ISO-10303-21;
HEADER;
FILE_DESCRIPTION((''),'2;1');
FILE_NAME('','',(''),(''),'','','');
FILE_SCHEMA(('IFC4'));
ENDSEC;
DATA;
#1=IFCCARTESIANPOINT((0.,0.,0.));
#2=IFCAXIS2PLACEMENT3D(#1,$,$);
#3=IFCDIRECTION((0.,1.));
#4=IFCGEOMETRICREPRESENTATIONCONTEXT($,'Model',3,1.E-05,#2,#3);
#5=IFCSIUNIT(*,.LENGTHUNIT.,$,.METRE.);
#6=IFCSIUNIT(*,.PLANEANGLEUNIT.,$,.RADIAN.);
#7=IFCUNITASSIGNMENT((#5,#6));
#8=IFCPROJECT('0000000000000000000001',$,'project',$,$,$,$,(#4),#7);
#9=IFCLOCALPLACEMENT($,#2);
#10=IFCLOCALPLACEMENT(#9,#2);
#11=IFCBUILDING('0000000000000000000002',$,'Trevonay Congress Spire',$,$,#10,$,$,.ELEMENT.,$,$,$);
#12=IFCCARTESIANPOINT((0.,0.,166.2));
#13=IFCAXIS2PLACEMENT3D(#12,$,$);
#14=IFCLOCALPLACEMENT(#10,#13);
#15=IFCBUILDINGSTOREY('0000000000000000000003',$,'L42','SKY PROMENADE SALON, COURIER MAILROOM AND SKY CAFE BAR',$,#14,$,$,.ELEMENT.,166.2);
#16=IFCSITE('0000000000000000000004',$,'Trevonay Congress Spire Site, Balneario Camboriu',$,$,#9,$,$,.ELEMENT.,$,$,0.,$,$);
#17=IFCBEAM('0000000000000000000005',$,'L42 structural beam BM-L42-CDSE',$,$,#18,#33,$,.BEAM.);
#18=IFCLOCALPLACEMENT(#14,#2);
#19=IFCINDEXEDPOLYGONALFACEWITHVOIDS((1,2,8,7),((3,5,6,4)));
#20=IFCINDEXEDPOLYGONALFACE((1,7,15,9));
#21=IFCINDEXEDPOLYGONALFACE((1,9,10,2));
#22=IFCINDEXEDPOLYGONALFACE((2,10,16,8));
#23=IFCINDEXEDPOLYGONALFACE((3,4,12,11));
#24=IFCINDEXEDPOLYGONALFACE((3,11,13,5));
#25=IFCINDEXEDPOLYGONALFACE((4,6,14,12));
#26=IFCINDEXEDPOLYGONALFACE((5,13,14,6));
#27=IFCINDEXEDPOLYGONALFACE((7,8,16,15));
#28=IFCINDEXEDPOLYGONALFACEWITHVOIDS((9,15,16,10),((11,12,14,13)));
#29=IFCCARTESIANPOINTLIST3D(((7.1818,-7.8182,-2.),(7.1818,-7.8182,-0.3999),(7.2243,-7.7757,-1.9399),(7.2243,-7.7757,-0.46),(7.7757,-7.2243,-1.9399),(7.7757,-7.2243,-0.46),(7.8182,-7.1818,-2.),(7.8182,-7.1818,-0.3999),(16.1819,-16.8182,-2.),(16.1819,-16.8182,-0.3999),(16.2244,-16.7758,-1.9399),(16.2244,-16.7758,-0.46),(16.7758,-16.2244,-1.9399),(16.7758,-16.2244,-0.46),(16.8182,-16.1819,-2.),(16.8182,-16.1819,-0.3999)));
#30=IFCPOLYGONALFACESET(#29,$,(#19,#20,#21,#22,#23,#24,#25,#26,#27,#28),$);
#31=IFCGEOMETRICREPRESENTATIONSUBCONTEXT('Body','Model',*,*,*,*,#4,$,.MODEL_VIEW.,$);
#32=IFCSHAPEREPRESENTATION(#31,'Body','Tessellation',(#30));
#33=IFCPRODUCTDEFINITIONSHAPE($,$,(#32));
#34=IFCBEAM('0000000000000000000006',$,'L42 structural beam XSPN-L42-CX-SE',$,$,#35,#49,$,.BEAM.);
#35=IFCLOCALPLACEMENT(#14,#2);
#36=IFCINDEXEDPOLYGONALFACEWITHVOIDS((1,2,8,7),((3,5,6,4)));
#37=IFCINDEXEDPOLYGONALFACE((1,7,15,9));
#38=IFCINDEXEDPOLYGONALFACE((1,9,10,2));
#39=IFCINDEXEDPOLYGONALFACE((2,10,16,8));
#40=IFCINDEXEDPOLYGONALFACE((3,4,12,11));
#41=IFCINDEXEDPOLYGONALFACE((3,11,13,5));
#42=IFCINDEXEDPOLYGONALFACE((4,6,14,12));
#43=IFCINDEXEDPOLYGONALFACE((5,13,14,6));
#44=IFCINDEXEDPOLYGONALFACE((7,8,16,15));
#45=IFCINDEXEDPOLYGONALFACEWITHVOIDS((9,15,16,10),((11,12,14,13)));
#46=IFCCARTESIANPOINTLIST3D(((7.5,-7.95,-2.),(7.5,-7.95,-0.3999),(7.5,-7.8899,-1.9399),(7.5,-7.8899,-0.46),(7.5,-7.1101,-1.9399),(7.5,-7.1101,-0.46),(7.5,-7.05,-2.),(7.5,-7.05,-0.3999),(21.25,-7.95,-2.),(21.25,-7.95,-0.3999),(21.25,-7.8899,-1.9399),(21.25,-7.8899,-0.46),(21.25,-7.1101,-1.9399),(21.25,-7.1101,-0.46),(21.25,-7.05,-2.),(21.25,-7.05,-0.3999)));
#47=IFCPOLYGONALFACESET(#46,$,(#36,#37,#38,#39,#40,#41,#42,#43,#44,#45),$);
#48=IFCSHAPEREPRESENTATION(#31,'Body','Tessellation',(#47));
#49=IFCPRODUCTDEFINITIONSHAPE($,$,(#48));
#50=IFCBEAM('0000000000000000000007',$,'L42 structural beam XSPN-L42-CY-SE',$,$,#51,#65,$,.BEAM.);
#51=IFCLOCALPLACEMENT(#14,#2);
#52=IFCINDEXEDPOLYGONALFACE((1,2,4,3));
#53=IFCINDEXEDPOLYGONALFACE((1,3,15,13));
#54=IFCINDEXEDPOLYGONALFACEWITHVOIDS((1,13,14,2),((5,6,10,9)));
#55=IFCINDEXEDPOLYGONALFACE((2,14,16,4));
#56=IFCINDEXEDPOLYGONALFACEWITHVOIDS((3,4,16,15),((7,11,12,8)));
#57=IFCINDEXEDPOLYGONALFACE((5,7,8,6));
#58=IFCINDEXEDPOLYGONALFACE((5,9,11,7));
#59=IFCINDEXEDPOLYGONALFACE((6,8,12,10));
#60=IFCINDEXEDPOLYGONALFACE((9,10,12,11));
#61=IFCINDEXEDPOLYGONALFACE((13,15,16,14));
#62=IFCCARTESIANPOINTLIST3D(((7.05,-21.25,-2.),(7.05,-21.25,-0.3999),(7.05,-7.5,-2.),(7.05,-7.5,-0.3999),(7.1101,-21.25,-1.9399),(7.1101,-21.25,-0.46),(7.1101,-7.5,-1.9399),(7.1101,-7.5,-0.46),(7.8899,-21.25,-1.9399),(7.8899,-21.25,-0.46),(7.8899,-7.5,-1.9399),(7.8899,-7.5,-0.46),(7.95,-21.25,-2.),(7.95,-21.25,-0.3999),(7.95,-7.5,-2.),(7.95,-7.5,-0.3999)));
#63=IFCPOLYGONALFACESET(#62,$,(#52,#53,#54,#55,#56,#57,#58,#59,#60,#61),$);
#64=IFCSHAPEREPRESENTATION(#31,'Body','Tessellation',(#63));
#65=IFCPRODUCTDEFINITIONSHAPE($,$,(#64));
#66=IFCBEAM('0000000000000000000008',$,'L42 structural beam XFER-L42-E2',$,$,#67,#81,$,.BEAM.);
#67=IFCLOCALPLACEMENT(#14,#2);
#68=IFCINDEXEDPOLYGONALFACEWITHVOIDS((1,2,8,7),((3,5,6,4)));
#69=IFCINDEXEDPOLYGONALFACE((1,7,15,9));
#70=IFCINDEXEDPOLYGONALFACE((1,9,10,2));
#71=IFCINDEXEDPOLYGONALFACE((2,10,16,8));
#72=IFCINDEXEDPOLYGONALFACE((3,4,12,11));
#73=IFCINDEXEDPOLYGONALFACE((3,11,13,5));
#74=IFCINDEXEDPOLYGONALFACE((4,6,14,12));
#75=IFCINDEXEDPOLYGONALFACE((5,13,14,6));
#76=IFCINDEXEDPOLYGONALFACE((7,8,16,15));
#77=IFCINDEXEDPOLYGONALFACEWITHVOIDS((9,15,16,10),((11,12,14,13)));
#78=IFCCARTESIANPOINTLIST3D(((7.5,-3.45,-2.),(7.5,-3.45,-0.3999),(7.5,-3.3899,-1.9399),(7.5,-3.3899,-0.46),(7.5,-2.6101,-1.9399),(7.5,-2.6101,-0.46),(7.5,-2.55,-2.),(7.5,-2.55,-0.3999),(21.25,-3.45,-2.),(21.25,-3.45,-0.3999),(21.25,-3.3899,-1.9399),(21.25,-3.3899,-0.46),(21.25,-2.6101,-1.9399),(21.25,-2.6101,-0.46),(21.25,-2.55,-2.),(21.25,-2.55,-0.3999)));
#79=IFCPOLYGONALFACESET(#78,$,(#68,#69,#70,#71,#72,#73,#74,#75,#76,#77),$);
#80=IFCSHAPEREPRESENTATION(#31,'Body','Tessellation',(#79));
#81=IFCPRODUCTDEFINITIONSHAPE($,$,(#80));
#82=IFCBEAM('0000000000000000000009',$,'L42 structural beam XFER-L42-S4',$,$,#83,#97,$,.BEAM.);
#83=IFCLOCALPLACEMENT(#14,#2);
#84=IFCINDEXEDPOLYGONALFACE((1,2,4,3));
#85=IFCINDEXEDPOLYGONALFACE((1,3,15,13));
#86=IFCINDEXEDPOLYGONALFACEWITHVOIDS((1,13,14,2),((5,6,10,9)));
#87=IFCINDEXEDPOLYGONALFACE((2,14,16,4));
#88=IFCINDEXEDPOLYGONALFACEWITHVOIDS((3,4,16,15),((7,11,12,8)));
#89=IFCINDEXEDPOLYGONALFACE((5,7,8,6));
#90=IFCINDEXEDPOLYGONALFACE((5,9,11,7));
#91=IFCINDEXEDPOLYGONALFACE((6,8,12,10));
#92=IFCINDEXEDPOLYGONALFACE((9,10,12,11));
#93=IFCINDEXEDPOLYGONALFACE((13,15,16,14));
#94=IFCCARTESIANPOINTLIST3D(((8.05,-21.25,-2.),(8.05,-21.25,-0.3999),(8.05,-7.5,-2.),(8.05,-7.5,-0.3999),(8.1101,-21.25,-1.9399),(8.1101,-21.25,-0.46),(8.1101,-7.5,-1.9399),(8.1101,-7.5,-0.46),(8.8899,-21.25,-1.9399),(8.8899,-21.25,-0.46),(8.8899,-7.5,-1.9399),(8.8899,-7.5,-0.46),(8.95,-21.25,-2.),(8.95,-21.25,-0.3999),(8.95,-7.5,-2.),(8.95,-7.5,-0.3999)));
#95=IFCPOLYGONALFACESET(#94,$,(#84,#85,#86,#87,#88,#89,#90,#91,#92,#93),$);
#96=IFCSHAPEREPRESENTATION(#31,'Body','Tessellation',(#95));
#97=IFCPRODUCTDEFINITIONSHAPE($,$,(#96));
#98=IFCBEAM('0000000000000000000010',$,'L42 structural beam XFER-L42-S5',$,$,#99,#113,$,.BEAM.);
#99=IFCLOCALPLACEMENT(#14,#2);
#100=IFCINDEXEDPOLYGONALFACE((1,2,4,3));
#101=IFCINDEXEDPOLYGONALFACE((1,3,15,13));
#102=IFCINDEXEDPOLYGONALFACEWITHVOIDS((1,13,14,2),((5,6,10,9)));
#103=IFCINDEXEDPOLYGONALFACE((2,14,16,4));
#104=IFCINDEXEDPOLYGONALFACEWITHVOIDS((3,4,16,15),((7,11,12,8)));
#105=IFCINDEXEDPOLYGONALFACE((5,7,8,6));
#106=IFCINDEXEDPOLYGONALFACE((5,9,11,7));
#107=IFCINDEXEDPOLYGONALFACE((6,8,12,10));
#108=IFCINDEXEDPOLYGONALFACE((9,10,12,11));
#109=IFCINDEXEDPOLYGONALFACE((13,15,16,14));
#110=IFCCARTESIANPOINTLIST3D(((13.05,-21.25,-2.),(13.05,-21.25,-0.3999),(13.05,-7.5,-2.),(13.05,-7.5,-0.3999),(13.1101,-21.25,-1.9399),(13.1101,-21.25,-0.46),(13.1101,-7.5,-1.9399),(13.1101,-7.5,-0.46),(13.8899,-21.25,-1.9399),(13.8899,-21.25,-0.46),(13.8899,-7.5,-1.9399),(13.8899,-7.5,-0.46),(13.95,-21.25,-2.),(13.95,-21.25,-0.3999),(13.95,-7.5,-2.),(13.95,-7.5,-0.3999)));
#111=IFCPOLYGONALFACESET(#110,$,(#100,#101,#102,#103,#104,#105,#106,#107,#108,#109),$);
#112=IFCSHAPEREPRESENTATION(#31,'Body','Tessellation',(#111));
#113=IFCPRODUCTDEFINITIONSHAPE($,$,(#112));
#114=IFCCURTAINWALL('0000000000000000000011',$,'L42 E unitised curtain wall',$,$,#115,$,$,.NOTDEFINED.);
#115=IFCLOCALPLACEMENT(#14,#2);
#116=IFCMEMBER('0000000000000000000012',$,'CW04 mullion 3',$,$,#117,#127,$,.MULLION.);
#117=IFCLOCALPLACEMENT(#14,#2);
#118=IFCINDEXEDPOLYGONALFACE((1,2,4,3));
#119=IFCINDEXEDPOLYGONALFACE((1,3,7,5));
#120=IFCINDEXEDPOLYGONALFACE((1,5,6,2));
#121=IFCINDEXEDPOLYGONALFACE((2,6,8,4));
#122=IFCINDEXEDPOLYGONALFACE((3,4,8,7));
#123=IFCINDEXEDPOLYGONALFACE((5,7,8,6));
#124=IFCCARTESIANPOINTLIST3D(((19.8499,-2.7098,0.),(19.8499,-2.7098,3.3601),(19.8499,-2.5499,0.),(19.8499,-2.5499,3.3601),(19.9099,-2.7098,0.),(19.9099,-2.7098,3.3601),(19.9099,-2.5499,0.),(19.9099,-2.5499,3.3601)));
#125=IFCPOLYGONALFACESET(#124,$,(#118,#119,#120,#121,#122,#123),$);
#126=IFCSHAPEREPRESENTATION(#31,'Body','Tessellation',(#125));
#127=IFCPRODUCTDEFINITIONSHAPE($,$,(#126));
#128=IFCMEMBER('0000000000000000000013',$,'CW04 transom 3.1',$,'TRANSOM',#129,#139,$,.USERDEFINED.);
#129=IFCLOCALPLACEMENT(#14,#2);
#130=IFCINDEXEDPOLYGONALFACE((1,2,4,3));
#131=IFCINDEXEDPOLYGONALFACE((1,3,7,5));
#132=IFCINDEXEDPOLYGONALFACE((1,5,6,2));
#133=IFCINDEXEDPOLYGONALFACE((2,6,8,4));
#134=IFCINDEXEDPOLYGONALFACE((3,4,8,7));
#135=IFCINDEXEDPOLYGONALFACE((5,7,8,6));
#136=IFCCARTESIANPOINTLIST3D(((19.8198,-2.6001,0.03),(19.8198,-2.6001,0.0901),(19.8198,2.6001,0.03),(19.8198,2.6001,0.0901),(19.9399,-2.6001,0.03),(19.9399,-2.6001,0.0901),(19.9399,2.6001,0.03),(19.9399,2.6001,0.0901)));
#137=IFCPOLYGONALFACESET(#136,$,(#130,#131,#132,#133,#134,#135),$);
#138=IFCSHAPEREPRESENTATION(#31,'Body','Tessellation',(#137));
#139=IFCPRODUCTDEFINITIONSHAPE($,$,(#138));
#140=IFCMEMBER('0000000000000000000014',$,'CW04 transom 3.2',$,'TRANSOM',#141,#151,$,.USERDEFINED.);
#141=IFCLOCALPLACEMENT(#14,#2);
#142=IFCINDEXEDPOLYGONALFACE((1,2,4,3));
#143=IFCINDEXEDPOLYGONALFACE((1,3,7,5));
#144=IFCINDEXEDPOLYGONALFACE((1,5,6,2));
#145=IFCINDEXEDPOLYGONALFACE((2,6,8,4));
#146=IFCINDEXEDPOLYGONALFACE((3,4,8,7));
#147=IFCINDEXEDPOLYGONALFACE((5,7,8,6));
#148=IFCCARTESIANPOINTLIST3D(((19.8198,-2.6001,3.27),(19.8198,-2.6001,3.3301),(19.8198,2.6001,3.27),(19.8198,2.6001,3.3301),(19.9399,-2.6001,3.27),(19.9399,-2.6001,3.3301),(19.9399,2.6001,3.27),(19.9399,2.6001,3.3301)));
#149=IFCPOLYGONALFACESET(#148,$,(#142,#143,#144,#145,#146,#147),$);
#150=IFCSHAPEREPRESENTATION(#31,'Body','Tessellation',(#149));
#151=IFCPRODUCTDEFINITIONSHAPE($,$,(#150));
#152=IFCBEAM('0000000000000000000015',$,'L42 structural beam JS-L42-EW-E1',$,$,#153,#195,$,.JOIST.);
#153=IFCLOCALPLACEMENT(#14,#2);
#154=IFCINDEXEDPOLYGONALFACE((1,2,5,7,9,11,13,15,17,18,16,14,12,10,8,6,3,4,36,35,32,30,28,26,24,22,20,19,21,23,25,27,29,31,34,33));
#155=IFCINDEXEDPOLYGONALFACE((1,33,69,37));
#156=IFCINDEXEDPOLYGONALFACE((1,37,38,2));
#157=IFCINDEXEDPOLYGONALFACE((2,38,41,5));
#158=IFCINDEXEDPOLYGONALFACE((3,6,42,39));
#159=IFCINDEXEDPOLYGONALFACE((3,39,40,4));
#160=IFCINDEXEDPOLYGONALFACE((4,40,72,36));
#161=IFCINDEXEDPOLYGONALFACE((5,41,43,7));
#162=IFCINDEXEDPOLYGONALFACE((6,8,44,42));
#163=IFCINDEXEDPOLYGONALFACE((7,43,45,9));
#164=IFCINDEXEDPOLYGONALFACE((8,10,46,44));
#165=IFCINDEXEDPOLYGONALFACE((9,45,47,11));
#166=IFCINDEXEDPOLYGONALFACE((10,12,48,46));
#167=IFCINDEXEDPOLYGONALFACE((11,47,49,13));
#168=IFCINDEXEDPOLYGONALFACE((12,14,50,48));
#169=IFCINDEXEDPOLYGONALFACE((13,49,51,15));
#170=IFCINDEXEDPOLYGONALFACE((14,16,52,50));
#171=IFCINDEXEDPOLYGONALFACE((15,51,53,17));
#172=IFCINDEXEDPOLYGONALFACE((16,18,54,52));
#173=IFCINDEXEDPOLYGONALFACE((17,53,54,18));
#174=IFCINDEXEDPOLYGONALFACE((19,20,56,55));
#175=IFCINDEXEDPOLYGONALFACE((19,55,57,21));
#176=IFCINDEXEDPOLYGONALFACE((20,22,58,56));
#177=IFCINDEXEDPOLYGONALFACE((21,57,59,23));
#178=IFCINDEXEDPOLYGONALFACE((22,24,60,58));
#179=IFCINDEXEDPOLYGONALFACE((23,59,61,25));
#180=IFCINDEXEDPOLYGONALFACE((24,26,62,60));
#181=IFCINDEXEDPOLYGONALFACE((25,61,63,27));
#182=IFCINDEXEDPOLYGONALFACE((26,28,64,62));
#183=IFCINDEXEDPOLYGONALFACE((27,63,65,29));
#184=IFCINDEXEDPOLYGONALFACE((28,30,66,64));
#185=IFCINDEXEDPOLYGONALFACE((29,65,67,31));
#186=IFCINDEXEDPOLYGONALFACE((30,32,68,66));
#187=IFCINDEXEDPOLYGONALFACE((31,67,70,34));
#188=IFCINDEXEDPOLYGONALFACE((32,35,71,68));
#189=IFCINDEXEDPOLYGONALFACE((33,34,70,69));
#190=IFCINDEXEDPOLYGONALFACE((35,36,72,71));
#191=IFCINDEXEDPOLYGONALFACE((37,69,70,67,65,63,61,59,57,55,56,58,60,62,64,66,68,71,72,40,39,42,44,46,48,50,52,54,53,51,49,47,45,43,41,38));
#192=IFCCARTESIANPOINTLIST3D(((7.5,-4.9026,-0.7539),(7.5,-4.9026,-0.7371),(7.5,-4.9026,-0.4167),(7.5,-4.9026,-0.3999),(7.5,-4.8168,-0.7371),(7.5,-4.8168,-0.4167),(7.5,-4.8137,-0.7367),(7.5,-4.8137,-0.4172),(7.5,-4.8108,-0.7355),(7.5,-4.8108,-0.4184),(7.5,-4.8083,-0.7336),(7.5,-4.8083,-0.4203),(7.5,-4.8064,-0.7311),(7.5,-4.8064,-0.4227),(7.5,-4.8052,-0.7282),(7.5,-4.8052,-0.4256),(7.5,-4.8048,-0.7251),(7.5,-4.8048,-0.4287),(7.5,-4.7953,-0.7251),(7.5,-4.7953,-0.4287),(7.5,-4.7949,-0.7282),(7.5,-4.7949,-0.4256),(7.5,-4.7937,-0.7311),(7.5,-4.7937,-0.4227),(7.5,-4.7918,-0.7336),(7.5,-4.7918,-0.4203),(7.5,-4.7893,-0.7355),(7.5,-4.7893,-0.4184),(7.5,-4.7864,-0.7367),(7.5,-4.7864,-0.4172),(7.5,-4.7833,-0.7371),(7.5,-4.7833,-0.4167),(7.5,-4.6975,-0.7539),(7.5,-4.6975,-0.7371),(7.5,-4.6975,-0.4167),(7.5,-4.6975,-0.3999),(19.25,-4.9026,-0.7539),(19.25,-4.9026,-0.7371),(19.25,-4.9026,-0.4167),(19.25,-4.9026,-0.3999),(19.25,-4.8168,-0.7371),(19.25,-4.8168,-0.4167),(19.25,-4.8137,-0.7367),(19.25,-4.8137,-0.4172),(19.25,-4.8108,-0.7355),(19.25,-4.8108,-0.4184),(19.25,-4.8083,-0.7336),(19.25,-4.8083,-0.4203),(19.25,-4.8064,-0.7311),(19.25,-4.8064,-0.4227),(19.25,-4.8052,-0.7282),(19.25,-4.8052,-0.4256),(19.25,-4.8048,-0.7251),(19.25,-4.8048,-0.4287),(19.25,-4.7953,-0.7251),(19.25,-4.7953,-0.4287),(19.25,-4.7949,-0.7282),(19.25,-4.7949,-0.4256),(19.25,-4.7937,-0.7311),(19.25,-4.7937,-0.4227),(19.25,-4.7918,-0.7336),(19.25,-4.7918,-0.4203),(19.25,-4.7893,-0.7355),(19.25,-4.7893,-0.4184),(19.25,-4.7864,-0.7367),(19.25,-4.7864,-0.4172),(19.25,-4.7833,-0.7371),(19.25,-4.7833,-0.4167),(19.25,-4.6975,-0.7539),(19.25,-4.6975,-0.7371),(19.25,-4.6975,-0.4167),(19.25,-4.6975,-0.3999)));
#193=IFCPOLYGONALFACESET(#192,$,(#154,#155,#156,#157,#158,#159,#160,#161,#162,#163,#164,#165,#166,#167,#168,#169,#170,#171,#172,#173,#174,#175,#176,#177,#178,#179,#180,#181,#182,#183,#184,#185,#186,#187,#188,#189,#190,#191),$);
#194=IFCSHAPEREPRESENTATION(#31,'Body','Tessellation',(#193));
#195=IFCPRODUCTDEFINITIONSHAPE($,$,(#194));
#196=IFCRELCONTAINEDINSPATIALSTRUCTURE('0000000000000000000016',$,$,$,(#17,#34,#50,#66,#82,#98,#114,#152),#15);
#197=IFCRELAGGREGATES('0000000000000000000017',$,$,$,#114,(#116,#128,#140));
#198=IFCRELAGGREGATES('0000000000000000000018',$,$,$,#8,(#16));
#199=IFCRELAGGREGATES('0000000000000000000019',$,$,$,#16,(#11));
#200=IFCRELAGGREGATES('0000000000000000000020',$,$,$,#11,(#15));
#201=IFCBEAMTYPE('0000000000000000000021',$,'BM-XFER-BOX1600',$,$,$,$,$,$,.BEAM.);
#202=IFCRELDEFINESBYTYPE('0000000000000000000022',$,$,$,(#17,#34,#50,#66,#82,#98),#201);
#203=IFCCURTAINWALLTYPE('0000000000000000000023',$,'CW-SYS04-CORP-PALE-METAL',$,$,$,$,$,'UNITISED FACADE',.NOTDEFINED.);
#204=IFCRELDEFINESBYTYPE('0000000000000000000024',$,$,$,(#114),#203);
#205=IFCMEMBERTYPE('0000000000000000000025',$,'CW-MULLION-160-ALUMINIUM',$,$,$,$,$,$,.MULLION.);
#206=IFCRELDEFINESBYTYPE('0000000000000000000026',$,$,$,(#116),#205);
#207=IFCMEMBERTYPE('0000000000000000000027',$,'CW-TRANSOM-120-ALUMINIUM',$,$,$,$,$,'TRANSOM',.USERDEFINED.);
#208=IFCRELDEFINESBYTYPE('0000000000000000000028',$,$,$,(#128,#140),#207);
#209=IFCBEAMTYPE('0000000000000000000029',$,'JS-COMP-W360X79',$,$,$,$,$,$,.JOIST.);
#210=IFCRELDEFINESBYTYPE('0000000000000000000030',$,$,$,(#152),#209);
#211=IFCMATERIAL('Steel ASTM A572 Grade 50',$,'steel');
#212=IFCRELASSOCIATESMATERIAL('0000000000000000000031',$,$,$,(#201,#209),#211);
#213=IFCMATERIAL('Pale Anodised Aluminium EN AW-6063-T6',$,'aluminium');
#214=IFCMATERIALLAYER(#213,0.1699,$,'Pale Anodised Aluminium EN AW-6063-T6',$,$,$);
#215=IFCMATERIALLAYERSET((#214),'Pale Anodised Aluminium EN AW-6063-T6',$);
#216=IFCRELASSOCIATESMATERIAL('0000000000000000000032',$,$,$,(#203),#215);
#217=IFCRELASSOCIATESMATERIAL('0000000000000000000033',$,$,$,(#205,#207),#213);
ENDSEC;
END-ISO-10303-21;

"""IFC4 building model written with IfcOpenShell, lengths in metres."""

from ifc_helpers import new_model, si_unit, direction, frame, origin, origin_2d, place, context, subcontext, project, spatial, rectangle, hollow_rectangle, i_section, extrude, material, layer, layer_set, material_profile, profile_set, type_object, element, aggregate, save


model = new_model("IFC4")

# Units and contexts
model_context = context("Model", 3, precision=1e-05, world=origin(), true_north=direction((0.0, 1.0)))
body_context = subcontext(model_context, "Body", "Model", "MODEL_VIEW")
ifc_project = project(units=[si_unit("LENGTHUNIT", "METRE"), si_unit("PLANEANGLEUNIT", "RADIAN")], contexts=[model_context])

# Site, building, storey
site_placement = place(None, origin())
site = spatial("IfcSite", under=ifc_project, at=site_placement, Name="Trevonay Congress Spire Site, Balneario Camboriu", CompositionType="ELEMENT", RefElevation=0.0)
building_placement = place(site_placement, origin())
building = spatial("IfcBuilding", under=site, at=building_placement, Name="Trevonay Congress Spire", CompositionType="ELEMENT")
storey_placement = place(building_placement, frame((0.0, 0.0, 166.2)))
storey = spatial("IfcBuildingStorey", under=building, at=storey_placement, Name="L42", Description="SKY PROMENADE SALON, COURIER MAILROOM AND SKY CAFE BAR", CompositionType="ELEMENT", Elevation=166.2)

# Shared definitions
ifc_material_1 = material(Name="Steel ASTM A572 Grade 50", Category="steel")

# Beams
ifc_material_profile_1 = material_profile(ifc_material_1, hollow_rectangle(XDim=0.8999, YDim=1.6001, WallThickness=0.0601, at=origin_2d()), Name="BOX 1600x900x60")
ifc_profile_set_1 = profile_set([ifc_material_profile_1], Name="Steel ASTM A572 Grade 50")
beam_type_1 = type_object("IfcBeamType", Name="BM-XFER-BOX1600", PredefinedType="BEAM", material=ifc_profile_set_1)
beam_1_placement = place(storey_placement, frame((7.5, -7.5, -1.2), z_axis=(0.707107, -0.707107, 0.0), x_axis=(0.707107, 0.707107, 0.0)))
element("IfcBeam", 1, at=beam_1_placement, inside=storey, type_object=beam_type_1, Name="L42 structural beam BM-L42-CDSE", PredefinedType="BEAM", context=body_context, shape_type="SweptSolid", body=[
    extrude(hollow_rectangle(XDim=0.8999, YDim=1.6001, WallThickness=0.0601, at=origin_2d()), origin(), (0.0, 0.0, 1.0), 12.728),
])
for number, where, z_axis, x_axis, name in (
    (2, (7.5, -7.5, -1.2), (1.0, 0.0, 0.0), (0.0, 1.0, 0.0), "L42 structural beam XSPN-L42-CX-SE"),
    (3, (7.5, -7.5, -1.2), (0.0, -1.0, 0.0), (1.0, 0.0, 0.0), "L42 structural beam XSPN-L42-CY-SE"),
    (4, (7.5, -3.0, -1.2), (1.0, 0.0, 0.0), (0.0, 1.0, 0.0), "L42 structural beam XFER-L42-E2"),
    (5, (8.5, -7.5, -1.2), (0.0, -1.0, 0.0), (1.0, 0.0, 0.0), "L42 structural beam XFER-L42-S4"),
    (6, (13.5, -7.5, -1.2), (0.0, -1.0, 0.0), (1.0, 0.0, 0.0), "L42 structural beam XFER-L42-S5"),
):
    element("IfcBeam", number, at=place(storey_placement, frame(where, z_axis=z_axis, x_axis=x_axis)), inside=storey, type_object=beam_type_1, Name=name, PredefinedType="BEAM", context=body_context, shape_type="SweptSolid", body=[
        extrude(hollow_rectangle(XDim=0.8999, YDim=1.6001, WallThickness=0.0601, at=origin_2d()), origin(), (0.0, 0.0, 1.0), 13.75),
    ])

# Curtain wall, members
ifc_material_2 = material(Name="Pale Anodised Aluminium EN AW-6063-T6", Category="aluminium")
ifc_layer_1 = layer(ifc_material_2, 0.1699, Name="Pale Anodised Aluminium EN AW-6063-T6")
ifc_layer_set_1 = layer_set([ifc_layer_1], Name="Pale Anodised Aluminium EN AW-6063-T6")
curtain_wall_type = type_object("IfcCurtainWallType", Name="CW-SYS04-CORP-PALE-METAL", ElementType="UNITISED FACADE", PredefinedType="NOTDEFINED", material=ifc_layer_set_1)
curtain_wall_placement = place(storey_placement, origin())
curtain_wall = element("IfcCurtainWall", 7, at=curtain_wall_placement, inside=storey, type_object=curtain_wall_type, Name="L42 E unitised curtain wall", PredefinedType="NOTDEFINED")
ifc_material_profile_2 = material_profile(ifc_material_2, rectangle(XDim=0.0601, YDim=0.1599, at=origin_2d()), Name="CW-MULLION-160-ALUMINIUM")
ifc_profile_set_2 = profile_set([ifc_material_profile_2], Name="Pale Anodised Aluminium EN AW-6063-T6")
member_type_1 = type_object("IfcMemberType", Name="CW-MULLION-160-ALUMINIUM", PredefinedType="MULLION", material=ifc_profile_set_2)
member_1_placement = place(storey_placement, frame((19.8799, -2.6299, 0.0), z_axis=(0.0, 0.0, 1.0), x_axis=(-1.0, 0.0, 0.0)))
member_1 = element("IfcMember", 8, at=member_1_placement, type_object=member_type_1, Name="CW04 mullion 3", PredefinedType="MULLION", context=body_context, shape_type="SweptSolid", body=[
    extrude(rectangle(XDim=0.0601, YDim=0.1599, at=origin_2d()), origin(), (0.0, 0.0, 1.0), 3.3601),
])
ifc_material_profile_3 = material_profile(ifc_material_2, rectangle(XDim=0.1201, YDim=0.0601, at=origin_2d()), Name="CW-TRANSOM-120-ALUMINIUM")
ifc_profile_set_3 = profile_set([ifc_material_profile_3], Name="Pale Anodised Aluminium EN AW-6063-T6")
member_type_2 = type_object("IfcMemberType", Name="CW-TRANSOM-120-ALUMINIUM", ElementType="TRANSOM", PredefinedType="USERDEFINED", material=ifc_profile_set_3)
member_2_placement = place(storey_placement, frame((19.8799, -2.6001, 0.0601), z_axis=(0.0, 1.0, 0.0), x_axis=(-1.0, 0.0, 0.0)))
member_2 = element("IfcMember", 9, at=member_2_placement, type_object=member_type_2, Name="CW04 transom 3.1", ObjectType="TRANSOM", PredefinedType="USERDEFINED", context=body_context, shape_type="SweptSolid", body=[
    extrude(rectangle(XDim=0.1201, YDim=0.0601, at=origin_2d()), origin(), (0.0, 0.0, 1.0), 5.2002),
])
member_3_placement = place(storey_placement, frame((19.8799, -2.6001, 3.3), z_axis=(0.0, 1.0, 0.0), x_axis=(-1.0, 0.0, 0.0)))
member_3 = element("IfcMember", 10, at=member_3_placement, type_object=member_type_2, Name="CW04 transom 3.2", ObjectType="TRANSOM", PredefinedType="USERDEFINED", context=body_context, shape_type="SweptSolid", body=[
    extrude(rectangle(XDim=0.1201, YDim=0.0601, at=origin_2d()), origin(), (0.0, 0.0, 1.0), 5.2002),
])

# Beam
ifc_material_profile_4 = material_profile(ifc_material_1, i_section(OverallWidth=0.2051, OverallDepth=0.354, WebThickness=0.0095, FlangeThickness=0.0168, FilletRadius=0.012, at=origin_2d()), Name="W360x79")
ifc_profile_set_4 = profile_set([ifc_material_profile_4], Name="Steel ASTM A572 Grade 50")
beam_type_2 = type_object("IfcBeamType", Name="JS-COMP-W360X79", PredefinedType="JOIST", material=ifc_profile_set_4)
for number, where, z_axis, x_axis, name in (
    (11, (7.5, -4.8, -0.5769), (1.0, 0.0, 0.0), (0.0, 1.0, 0.0), "L42 structural beam JS-L42-EW-E1"),
):
    element("IfcBeam", number, at=place(storey_placement, frame(where, z_axis=z_axis, x_axis=x_axis)), inside=storey, type_object=beam_type_2, Name=name, PredefinedType="JOIST", context=body_context, shape_type="SweptSolid", body=[
        extrude(i_section(OverallWidth=0.2051, OverallDepth=0.354, WebThickness=0.0095, FlangeThickness=0.0168, FilletRadius=0.012, at=origin_2d()), origin(), (0.0, 0.0, 1.0), 11.75),
    ])

aggregate(curtain_wall, [member_1, member_2, member_3])

save(model, "model.ifc")
